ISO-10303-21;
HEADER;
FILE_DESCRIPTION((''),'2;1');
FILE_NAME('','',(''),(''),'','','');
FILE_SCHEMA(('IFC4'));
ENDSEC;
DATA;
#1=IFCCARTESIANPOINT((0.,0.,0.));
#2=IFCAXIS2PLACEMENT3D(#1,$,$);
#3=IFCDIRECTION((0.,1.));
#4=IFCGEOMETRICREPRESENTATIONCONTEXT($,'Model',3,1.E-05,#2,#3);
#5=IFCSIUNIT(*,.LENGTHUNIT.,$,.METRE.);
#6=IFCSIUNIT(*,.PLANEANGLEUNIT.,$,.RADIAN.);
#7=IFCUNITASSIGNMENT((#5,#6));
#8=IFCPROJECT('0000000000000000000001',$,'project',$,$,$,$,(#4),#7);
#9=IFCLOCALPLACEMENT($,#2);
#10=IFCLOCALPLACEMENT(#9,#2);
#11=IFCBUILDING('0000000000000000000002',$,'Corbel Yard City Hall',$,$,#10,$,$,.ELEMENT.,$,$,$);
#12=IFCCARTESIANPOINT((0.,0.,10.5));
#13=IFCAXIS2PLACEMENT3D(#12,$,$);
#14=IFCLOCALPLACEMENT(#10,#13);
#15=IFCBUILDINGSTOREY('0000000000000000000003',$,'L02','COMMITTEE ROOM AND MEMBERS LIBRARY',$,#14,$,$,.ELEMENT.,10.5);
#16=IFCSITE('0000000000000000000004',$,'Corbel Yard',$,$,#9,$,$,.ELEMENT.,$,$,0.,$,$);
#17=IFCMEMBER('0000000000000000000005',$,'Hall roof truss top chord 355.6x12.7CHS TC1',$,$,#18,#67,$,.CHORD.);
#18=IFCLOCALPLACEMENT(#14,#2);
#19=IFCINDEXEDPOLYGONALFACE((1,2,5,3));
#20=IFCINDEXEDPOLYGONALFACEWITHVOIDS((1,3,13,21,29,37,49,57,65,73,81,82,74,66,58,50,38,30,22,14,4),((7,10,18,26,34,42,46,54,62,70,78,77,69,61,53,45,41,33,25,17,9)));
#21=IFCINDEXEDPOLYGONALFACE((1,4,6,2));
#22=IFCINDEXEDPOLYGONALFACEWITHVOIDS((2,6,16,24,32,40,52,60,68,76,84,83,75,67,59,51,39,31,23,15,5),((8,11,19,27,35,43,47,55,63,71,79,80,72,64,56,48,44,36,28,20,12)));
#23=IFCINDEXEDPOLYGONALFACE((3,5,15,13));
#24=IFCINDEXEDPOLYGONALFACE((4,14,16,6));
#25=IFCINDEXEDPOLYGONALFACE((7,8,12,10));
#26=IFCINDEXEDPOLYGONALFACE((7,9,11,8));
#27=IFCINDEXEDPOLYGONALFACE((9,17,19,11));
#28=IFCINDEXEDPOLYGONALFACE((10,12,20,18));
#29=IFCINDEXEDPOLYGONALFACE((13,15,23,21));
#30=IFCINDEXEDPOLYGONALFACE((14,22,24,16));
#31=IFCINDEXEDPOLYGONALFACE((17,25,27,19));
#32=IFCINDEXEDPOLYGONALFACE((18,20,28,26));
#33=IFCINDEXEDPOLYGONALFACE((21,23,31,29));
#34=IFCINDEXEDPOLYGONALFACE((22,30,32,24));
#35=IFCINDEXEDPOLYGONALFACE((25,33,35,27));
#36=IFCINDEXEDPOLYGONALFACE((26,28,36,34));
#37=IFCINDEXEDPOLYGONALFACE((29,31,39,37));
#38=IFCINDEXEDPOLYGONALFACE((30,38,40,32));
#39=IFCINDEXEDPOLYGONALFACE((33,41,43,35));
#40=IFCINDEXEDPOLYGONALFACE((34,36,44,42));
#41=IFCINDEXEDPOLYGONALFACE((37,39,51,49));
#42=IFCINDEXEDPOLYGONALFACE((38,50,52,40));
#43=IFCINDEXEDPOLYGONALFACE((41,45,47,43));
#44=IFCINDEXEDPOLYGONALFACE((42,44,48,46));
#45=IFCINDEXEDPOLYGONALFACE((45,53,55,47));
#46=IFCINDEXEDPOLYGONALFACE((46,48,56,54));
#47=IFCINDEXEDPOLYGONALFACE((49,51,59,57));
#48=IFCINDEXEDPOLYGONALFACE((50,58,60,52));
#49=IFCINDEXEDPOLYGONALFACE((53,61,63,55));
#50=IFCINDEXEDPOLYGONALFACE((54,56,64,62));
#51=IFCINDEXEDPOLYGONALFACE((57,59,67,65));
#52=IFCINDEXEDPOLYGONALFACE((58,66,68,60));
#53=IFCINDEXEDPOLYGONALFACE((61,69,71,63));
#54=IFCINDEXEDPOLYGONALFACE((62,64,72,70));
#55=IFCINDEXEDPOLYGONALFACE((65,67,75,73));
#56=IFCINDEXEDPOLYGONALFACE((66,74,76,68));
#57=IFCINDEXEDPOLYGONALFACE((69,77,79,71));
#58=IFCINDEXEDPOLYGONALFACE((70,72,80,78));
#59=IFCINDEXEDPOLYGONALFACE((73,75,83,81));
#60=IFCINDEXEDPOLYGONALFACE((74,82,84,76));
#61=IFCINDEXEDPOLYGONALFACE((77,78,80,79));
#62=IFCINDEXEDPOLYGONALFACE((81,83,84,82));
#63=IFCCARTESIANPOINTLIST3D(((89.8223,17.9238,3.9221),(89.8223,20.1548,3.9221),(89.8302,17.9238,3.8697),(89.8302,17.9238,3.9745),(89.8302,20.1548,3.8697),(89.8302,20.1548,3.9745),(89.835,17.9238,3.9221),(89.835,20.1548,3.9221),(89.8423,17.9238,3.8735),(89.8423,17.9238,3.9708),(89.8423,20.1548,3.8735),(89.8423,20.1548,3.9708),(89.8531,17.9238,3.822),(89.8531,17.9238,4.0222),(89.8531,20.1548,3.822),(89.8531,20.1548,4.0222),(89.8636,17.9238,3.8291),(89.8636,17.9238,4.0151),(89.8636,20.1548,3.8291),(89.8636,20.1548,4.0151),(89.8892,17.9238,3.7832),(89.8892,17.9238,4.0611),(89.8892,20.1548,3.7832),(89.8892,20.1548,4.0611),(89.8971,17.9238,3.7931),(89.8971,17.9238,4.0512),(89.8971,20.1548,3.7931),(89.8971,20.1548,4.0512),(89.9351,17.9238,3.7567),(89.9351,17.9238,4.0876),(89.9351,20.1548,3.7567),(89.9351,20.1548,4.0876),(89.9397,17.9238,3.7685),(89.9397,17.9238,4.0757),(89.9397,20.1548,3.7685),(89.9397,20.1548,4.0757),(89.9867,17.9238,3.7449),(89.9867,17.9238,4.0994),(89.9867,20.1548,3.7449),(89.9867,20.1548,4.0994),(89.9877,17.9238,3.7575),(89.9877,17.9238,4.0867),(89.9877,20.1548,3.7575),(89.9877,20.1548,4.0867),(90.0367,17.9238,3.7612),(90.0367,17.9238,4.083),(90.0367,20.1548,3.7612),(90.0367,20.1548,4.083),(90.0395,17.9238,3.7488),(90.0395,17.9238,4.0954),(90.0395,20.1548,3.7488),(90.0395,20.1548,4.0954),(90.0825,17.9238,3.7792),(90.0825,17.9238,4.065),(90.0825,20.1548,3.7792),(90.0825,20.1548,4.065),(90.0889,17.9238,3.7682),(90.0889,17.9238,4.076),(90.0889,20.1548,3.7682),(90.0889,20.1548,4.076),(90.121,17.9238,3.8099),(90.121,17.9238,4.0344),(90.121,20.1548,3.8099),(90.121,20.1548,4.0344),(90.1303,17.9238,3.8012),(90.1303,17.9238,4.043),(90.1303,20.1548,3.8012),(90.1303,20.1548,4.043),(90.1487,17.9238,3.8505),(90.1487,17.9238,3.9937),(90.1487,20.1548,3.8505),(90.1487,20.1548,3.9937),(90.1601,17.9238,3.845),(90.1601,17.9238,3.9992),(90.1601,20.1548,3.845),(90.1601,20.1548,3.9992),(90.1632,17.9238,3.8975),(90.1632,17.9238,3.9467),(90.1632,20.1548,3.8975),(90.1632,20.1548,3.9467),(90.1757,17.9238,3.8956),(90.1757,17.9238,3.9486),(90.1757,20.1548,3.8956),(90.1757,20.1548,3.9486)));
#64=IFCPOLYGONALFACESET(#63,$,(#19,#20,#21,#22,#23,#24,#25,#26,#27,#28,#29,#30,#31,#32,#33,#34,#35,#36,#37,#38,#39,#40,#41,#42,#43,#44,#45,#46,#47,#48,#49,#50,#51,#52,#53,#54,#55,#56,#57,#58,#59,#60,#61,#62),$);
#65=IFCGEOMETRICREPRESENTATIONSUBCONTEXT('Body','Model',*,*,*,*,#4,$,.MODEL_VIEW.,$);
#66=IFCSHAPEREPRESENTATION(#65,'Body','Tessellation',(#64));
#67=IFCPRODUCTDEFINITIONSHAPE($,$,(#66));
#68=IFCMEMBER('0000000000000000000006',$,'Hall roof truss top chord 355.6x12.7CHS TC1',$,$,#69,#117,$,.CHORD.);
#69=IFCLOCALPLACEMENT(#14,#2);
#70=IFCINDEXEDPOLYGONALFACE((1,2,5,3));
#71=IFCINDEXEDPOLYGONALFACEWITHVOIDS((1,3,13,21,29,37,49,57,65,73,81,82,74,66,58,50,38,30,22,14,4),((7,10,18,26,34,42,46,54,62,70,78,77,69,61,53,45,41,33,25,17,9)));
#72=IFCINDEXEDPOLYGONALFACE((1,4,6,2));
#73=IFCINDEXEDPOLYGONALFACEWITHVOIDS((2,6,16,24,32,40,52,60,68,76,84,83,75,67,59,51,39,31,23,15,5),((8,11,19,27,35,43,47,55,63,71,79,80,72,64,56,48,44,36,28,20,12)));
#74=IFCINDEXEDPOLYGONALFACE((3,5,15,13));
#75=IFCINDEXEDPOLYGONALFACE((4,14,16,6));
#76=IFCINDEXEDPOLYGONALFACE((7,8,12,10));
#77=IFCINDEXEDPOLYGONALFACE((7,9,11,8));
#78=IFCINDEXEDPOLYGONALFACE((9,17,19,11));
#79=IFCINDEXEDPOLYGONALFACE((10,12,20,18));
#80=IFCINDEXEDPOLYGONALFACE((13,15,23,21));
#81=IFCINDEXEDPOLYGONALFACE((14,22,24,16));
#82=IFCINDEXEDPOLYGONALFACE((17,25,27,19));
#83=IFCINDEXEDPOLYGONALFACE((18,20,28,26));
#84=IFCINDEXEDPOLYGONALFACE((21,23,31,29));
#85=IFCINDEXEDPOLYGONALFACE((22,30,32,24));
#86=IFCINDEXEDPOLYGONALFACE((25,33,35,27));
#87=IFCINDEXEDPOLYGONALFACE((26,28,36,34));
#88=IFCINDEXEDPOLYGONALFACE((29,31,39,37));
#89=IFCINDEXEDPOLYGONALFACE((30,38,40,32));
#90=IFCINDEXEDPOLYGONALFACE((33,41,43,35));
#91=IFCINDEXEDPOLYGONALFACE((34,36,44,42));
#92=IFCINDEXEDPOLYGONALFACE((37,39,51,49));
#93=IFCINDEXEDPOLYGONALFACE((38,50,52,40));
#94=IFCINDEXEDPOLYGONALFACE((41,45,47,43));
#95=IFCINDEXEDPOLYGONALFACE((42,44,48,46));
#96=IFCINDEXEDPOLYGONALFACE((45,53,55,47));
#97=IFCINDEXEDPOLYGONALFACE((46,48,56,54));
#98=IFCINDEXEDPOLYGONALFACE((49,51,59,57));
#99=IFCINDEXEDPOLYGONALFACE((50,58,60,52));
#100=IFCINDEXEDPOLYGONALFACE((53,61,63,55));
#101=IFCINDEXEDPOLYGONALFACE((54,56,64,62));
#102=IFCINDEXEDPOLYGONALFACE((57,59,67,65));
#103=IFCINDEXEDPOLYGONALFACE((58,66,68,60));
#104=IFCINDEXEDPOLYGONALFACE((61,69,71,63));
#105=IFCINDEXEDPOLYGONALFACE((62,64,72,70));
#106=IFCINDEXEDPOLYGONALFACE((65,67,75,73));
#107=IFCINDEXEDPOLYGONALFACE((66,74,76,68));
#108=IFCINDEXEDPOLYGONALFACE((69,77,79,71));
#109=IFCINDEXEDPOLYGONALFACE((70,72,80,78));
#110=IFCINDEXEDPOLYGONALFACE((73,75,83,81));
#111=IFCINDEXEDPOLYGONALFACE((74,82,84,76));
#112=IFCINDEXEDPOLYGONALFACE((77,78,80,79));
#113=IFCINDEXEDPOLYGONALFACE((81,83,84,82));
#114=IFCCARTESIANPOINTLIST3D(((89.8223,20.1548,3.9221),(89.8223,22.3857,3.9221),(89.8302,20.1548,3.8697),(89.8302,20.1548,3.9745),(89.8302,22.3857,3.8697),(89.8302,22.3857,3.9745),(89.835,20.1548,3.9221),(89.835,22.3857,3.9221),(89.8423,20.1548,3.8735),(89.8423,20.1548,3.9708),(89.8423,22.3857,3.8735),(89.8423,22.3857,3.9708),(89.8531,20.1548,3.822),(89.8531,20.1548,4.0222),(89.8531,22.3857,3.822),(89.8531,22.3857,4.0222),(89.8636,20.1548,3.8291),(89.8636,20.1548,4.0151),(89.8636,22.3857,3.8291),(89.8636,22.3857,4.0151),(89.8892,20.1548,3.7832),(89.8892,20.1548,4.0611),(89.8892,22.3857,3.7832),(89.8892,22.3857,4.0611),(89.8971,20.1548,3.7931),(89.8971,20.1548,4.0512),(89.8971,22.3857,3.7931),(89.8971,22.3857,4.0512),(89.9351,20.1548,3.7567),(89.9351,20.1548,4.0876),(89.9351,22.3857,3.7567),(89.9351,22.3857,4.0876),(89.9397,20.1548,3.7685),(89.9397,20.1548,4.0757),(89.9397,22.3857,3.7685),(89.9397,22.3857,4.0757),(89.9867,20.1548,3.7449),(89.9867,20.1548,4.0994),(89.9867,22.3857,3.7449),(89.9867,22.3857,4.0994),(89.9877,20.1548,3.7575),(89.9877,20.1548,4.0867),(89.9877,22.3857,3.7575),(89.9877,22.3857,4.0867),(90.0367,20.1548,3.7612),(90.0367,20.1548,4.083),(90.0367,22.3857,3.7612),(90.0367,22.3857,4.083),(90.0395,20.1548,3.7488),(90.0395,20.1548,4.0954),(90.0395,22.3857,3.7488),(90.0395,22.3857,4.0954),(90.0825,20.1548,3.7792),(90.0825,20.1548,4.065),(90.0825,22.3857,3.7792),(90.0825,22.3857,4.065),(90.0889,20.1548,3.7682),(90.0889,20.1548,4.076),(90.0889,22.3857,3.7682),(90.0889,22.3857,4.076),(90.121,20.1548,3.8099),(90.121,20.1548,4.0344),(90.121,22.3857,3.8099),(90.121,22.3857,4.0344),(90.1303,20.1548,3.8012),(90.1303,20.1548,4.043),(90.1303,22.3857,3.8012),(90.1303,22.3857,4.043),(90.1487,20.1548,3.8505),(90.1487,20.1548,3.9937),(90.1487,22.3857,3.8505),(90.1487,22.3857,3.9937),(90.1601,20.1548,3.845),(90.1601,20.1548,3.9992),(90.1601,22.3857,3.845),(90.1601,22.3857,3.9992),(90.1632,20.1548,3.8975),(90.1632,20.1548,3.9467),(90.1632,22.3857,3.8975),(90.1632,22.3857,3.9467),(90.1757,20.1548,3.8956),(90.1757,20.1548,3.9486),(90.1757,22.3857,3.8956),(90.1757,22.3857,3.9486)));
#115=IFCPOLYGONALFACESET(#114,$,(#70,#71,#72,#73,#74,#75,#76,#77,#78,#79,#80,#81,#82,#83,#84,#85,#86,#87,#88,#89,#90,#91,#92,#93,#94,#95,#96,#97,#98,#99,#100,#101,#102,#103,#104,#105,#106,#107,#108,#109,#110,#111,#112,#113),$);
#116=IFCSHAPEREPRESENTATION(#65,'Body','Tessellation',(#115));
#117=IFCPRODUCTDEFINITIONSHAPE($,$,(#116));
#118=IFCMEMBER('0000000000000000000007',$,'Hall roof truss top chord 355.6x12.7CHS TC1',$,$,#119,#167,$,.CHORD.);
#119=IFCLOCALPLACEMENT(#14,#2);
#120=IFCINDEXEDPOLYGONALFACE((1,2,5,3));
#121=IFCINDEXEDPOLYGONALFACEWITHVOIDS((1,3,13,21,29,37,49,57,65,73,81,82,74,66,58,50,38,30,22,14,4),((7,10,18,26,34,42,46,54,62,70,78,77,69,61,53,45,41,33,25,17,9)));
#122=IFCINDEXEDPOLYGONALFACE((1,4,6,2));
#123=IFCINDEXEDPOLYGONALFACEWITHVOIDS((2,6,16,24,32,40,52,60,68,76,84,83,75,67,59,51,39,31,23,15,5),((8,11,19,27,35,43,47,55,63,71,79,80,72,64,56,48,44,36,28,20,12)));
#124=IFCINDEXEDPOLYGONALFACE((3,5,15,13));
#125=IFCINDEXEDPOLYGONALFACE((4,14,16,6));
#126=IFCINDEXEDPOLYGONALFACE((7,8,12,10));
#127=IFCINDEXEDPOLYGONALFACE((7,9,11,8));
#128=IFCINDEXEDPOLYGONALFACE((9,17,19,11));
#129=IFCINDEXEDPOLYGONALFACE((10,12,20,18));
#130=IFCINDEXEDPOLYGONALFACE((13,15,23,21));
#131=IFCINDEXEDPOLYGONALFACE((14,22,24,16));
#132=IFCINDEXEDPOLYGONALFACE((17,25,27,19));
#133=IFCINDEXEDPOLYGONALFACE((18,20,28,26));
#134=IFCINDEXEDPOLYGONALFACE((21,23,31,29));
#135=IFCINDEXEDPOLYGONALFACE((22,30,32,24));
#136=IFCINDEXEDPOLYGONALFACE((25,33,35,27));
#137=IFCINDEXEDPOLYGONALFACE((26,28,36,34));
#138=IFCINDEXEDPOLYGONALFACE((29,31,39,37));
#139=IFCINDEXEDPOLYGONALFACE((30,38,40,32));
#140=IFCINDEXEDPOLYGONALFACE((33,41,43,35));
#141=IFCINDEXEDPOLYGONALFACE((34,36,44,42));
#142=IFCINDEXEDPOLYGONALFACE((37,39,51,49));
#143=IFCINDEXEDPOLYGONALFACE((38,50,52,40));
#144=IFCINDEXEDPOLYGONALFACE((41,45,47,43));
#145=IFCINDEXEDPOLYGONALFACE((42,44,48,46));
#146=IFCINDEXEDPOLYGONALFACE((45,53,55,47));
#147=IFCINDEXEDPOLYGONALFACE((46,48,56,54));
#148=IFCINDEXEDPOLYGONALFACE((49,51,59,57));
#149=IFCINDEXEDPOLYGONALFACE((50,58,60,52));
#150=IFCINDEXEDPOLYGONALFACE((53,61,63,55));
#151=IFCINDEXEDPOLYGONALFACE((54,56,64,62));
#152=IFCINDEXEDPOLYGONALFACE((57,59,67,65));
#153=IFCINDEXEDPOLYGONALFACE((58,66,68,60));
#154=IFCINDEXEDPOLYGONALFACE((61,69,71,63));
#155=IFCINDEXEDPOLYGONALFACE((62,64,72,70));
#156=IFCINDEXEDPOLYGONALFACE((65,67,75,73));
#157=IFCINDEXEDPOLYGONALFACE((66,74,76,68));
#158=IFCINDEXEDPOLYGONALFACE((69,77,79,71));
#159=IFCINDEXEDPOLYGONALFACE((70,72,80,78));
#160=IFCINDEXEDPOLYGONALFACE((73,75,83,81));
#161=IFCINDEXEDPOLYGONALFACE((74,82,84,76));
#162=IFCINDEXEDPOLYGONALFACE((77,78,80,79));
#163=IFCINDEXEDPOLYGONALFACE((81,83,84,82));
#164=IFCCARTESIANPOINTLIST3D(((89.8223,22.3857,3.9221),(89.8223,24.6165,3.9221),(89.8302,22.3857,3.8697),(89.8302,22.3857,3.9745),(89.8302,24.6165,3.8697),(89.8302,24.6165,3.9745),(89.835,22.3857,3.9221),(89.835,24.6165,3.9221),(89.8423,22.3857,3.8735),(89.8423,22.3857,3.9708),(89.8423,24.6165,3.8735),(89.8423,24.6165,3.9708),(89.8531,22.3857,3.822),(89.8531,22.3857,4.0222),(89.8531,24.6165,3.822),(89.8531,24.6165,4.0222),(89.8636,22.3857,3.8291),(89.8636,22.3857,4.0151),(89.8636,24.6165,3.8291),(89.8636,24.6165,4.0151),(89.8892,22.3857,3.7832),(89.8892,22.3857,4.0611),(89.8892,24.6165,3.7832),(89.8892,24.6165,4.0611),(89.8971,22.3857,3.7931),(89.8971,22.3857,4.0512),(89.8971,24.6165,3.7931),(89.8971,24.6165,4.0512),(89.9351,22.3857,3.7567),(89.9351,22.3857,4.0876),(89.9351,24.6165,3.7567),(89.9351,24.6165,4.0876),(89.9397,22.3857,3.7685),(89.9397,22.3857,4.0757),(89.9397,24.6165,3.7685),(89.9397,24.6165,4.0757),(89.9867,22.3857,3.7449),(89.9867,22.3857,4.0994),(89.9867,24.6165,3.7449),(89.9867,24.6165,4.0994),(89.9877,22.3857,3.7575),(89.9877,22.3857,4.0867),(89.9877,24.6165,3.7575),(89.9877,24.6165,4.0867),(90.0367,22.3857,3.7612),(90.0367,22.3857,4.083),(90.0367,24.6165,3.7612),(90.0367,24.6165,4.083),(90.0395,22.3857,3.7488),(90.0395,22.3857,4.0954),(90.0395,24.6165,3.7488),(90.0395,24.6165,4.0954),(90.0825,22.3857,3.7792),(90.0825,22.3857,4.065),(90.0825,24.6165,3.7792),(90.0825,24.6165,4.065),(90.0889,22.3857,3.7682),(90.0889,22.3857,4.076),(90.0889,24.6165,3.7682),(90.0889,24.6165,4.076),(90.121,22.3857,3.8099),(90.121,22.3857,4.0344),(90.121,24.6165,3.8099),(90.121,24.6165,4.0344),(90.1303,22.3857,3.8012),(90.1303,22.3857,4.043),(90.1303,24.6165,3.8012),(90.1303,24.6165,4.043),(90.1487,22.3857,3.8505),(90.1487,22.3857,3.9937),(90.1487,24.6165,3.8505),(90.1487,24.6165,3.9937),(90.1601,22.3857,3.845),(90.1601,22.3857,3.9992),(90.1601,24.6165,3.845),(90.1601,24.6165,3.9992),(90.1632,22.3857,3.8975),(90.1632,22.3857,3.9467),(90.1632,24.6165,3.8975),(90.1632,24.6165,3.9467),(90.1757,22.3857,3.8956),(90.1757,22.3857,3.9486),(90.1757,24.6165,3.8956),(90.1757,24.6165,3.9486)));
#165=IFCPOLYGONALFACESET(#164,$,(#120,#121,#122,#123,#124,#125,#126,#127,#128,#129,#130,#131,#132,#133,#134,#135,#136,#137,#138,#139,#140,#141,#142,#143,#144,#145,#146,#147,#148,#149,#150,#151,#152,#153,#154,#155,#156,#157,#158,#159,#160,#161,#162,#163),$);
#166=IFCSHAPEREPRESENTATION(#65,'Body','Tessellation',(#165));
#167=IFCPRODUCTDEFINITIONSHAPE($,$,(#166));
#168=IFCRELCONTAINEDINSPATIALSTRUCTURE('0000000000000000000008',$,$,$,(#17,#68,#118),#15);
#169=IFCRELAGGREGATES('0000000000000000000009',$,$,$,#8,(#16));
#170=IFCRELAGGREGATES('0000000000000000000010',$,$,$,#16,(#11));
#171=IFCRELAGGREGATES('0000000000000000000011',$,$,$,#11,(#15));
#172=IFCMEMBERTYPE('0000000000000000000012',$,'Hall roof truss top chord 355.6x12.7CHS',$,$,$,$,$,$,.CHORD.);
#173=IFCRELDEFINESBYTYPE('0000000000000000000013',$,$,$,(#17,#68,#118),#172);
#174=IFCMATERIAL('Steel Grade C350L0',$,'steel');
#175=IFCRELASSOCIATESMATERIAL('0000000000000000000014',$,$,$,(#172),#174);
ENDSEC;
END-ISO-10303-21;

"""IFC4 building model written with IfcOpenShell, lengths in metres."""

from ifc_helpers import new_model, si_unit, direction, frame, origin, origin_2d, place, context, subcontext, project, spatial, hollow_circle, extrude, material, material_profile, profile_set, type_object, element, save


model = new_model("IFC4")

# Units and contexts
model_context = context("Model", 3, precision=1e-05, world=origin(), true_north=direction((0.0, 1.0)))
body_context = subcontext(model_context, "Body", "Model", "MODEL_VIEW")
ifc_project = project(units=[si_unit("LENGTHUNIT", "METRE"), si_unit("PLANEANGLEUNIT", "RADIAN")], contexts=[model_context])

# Site, building, storey
site_placement = place(None, origin())
site = spatial("IfcSite", under=ifc_project, at=site_placement, Name="Corbel Yard", CompositionType="ELEMENT", RefElevation=0.0)
building_placement = place(site_placement, origin())
building = spatial("IfcBuilding", under=site, at=building_placement, Name="Corbel Yard City Hall", CompositionType="ELEMENT")
storey_placement = place(building_placement, frame((0.0, 0.0, 10.5)))
storey = spatial("IfcBuildingStorey", under=building, at=storey_placement, Name="L02", Description="COMMITTEE ROOM AND MEMBERS LIBRARY", CompositionType="ELEMENT", Elevation=10.5)

# Members
ifc_material_1 = material(Name="Steel Grade C350L0", Category="steel")
ifc_material_profile_1 = material_profile(ifc_material_1, hollow_circle(Radius=0.1777, WallThickness=0.0127, at=origin_2d()), Name="355.6x12.7CHS")
ifc_profile_set_1 = profile_set([ifc_material_profile_1], Name="Steel Grade C350L0")
member_type_1 = type_object("IfcMemberType", Name="Hall roof truss top chord 355.6x12.7CHS", PredefinedType="CHORD", material=ifc_profile_set_1)
for number, where, z_axis, x_axis, name in (
    (1, (90.0, 17.9238, 3.9221), (0.0, 1.0, 0.0), (-1.0, 0.0, 0.0), "Hall roof truss top chord 355.6x12.7CHS TC1"),
    (2, (90.0, 20.1548, 3.9221), (0.0, 1.0, 0.0), (-1.0, 0.0, 0.0), "Hall roof truss top chord 355.6x12.7CHS TC1"),
):
    element("IfcMember", number, at=place(storey_placement, frame(where, z_axis=z_axis, x_axis=x_axis)), inside=storey, type_object=member_type_1, Name=name, PredefinedType="CHORD", context=body_context, shape_type="SweptSolid", body=[
        extrude(hollow_circle(Radius=0.1777, WallThickness=0.0127, at=origin_2d()), origin(), (0.0, 0.0, 1.0), 2.231),
    ])
member_1_placement = place(storey_placement, frame((90.0, 22.3857, 3.9221), z_axis=(0.0, 1.0, 0.0), x_axis=(-1.0, 0.0, 0.0)))
element("IfcMember", 3, at=member_1_placement, inside=storey, type_object=member_type_1, Name="Hall roof truss top chord 355.6x12.7CHS TC1", PredefinedType="CHORD", context=body_context, shape_type="SweptSolid", body=[
    extrude(hollow_circle(Radius=0.1777, WallThickness=0.0127, at=origin_2d()), origin(), (0.0, 0.0, 1.0), 2.2307),
])

save(model, "model.ifc")
